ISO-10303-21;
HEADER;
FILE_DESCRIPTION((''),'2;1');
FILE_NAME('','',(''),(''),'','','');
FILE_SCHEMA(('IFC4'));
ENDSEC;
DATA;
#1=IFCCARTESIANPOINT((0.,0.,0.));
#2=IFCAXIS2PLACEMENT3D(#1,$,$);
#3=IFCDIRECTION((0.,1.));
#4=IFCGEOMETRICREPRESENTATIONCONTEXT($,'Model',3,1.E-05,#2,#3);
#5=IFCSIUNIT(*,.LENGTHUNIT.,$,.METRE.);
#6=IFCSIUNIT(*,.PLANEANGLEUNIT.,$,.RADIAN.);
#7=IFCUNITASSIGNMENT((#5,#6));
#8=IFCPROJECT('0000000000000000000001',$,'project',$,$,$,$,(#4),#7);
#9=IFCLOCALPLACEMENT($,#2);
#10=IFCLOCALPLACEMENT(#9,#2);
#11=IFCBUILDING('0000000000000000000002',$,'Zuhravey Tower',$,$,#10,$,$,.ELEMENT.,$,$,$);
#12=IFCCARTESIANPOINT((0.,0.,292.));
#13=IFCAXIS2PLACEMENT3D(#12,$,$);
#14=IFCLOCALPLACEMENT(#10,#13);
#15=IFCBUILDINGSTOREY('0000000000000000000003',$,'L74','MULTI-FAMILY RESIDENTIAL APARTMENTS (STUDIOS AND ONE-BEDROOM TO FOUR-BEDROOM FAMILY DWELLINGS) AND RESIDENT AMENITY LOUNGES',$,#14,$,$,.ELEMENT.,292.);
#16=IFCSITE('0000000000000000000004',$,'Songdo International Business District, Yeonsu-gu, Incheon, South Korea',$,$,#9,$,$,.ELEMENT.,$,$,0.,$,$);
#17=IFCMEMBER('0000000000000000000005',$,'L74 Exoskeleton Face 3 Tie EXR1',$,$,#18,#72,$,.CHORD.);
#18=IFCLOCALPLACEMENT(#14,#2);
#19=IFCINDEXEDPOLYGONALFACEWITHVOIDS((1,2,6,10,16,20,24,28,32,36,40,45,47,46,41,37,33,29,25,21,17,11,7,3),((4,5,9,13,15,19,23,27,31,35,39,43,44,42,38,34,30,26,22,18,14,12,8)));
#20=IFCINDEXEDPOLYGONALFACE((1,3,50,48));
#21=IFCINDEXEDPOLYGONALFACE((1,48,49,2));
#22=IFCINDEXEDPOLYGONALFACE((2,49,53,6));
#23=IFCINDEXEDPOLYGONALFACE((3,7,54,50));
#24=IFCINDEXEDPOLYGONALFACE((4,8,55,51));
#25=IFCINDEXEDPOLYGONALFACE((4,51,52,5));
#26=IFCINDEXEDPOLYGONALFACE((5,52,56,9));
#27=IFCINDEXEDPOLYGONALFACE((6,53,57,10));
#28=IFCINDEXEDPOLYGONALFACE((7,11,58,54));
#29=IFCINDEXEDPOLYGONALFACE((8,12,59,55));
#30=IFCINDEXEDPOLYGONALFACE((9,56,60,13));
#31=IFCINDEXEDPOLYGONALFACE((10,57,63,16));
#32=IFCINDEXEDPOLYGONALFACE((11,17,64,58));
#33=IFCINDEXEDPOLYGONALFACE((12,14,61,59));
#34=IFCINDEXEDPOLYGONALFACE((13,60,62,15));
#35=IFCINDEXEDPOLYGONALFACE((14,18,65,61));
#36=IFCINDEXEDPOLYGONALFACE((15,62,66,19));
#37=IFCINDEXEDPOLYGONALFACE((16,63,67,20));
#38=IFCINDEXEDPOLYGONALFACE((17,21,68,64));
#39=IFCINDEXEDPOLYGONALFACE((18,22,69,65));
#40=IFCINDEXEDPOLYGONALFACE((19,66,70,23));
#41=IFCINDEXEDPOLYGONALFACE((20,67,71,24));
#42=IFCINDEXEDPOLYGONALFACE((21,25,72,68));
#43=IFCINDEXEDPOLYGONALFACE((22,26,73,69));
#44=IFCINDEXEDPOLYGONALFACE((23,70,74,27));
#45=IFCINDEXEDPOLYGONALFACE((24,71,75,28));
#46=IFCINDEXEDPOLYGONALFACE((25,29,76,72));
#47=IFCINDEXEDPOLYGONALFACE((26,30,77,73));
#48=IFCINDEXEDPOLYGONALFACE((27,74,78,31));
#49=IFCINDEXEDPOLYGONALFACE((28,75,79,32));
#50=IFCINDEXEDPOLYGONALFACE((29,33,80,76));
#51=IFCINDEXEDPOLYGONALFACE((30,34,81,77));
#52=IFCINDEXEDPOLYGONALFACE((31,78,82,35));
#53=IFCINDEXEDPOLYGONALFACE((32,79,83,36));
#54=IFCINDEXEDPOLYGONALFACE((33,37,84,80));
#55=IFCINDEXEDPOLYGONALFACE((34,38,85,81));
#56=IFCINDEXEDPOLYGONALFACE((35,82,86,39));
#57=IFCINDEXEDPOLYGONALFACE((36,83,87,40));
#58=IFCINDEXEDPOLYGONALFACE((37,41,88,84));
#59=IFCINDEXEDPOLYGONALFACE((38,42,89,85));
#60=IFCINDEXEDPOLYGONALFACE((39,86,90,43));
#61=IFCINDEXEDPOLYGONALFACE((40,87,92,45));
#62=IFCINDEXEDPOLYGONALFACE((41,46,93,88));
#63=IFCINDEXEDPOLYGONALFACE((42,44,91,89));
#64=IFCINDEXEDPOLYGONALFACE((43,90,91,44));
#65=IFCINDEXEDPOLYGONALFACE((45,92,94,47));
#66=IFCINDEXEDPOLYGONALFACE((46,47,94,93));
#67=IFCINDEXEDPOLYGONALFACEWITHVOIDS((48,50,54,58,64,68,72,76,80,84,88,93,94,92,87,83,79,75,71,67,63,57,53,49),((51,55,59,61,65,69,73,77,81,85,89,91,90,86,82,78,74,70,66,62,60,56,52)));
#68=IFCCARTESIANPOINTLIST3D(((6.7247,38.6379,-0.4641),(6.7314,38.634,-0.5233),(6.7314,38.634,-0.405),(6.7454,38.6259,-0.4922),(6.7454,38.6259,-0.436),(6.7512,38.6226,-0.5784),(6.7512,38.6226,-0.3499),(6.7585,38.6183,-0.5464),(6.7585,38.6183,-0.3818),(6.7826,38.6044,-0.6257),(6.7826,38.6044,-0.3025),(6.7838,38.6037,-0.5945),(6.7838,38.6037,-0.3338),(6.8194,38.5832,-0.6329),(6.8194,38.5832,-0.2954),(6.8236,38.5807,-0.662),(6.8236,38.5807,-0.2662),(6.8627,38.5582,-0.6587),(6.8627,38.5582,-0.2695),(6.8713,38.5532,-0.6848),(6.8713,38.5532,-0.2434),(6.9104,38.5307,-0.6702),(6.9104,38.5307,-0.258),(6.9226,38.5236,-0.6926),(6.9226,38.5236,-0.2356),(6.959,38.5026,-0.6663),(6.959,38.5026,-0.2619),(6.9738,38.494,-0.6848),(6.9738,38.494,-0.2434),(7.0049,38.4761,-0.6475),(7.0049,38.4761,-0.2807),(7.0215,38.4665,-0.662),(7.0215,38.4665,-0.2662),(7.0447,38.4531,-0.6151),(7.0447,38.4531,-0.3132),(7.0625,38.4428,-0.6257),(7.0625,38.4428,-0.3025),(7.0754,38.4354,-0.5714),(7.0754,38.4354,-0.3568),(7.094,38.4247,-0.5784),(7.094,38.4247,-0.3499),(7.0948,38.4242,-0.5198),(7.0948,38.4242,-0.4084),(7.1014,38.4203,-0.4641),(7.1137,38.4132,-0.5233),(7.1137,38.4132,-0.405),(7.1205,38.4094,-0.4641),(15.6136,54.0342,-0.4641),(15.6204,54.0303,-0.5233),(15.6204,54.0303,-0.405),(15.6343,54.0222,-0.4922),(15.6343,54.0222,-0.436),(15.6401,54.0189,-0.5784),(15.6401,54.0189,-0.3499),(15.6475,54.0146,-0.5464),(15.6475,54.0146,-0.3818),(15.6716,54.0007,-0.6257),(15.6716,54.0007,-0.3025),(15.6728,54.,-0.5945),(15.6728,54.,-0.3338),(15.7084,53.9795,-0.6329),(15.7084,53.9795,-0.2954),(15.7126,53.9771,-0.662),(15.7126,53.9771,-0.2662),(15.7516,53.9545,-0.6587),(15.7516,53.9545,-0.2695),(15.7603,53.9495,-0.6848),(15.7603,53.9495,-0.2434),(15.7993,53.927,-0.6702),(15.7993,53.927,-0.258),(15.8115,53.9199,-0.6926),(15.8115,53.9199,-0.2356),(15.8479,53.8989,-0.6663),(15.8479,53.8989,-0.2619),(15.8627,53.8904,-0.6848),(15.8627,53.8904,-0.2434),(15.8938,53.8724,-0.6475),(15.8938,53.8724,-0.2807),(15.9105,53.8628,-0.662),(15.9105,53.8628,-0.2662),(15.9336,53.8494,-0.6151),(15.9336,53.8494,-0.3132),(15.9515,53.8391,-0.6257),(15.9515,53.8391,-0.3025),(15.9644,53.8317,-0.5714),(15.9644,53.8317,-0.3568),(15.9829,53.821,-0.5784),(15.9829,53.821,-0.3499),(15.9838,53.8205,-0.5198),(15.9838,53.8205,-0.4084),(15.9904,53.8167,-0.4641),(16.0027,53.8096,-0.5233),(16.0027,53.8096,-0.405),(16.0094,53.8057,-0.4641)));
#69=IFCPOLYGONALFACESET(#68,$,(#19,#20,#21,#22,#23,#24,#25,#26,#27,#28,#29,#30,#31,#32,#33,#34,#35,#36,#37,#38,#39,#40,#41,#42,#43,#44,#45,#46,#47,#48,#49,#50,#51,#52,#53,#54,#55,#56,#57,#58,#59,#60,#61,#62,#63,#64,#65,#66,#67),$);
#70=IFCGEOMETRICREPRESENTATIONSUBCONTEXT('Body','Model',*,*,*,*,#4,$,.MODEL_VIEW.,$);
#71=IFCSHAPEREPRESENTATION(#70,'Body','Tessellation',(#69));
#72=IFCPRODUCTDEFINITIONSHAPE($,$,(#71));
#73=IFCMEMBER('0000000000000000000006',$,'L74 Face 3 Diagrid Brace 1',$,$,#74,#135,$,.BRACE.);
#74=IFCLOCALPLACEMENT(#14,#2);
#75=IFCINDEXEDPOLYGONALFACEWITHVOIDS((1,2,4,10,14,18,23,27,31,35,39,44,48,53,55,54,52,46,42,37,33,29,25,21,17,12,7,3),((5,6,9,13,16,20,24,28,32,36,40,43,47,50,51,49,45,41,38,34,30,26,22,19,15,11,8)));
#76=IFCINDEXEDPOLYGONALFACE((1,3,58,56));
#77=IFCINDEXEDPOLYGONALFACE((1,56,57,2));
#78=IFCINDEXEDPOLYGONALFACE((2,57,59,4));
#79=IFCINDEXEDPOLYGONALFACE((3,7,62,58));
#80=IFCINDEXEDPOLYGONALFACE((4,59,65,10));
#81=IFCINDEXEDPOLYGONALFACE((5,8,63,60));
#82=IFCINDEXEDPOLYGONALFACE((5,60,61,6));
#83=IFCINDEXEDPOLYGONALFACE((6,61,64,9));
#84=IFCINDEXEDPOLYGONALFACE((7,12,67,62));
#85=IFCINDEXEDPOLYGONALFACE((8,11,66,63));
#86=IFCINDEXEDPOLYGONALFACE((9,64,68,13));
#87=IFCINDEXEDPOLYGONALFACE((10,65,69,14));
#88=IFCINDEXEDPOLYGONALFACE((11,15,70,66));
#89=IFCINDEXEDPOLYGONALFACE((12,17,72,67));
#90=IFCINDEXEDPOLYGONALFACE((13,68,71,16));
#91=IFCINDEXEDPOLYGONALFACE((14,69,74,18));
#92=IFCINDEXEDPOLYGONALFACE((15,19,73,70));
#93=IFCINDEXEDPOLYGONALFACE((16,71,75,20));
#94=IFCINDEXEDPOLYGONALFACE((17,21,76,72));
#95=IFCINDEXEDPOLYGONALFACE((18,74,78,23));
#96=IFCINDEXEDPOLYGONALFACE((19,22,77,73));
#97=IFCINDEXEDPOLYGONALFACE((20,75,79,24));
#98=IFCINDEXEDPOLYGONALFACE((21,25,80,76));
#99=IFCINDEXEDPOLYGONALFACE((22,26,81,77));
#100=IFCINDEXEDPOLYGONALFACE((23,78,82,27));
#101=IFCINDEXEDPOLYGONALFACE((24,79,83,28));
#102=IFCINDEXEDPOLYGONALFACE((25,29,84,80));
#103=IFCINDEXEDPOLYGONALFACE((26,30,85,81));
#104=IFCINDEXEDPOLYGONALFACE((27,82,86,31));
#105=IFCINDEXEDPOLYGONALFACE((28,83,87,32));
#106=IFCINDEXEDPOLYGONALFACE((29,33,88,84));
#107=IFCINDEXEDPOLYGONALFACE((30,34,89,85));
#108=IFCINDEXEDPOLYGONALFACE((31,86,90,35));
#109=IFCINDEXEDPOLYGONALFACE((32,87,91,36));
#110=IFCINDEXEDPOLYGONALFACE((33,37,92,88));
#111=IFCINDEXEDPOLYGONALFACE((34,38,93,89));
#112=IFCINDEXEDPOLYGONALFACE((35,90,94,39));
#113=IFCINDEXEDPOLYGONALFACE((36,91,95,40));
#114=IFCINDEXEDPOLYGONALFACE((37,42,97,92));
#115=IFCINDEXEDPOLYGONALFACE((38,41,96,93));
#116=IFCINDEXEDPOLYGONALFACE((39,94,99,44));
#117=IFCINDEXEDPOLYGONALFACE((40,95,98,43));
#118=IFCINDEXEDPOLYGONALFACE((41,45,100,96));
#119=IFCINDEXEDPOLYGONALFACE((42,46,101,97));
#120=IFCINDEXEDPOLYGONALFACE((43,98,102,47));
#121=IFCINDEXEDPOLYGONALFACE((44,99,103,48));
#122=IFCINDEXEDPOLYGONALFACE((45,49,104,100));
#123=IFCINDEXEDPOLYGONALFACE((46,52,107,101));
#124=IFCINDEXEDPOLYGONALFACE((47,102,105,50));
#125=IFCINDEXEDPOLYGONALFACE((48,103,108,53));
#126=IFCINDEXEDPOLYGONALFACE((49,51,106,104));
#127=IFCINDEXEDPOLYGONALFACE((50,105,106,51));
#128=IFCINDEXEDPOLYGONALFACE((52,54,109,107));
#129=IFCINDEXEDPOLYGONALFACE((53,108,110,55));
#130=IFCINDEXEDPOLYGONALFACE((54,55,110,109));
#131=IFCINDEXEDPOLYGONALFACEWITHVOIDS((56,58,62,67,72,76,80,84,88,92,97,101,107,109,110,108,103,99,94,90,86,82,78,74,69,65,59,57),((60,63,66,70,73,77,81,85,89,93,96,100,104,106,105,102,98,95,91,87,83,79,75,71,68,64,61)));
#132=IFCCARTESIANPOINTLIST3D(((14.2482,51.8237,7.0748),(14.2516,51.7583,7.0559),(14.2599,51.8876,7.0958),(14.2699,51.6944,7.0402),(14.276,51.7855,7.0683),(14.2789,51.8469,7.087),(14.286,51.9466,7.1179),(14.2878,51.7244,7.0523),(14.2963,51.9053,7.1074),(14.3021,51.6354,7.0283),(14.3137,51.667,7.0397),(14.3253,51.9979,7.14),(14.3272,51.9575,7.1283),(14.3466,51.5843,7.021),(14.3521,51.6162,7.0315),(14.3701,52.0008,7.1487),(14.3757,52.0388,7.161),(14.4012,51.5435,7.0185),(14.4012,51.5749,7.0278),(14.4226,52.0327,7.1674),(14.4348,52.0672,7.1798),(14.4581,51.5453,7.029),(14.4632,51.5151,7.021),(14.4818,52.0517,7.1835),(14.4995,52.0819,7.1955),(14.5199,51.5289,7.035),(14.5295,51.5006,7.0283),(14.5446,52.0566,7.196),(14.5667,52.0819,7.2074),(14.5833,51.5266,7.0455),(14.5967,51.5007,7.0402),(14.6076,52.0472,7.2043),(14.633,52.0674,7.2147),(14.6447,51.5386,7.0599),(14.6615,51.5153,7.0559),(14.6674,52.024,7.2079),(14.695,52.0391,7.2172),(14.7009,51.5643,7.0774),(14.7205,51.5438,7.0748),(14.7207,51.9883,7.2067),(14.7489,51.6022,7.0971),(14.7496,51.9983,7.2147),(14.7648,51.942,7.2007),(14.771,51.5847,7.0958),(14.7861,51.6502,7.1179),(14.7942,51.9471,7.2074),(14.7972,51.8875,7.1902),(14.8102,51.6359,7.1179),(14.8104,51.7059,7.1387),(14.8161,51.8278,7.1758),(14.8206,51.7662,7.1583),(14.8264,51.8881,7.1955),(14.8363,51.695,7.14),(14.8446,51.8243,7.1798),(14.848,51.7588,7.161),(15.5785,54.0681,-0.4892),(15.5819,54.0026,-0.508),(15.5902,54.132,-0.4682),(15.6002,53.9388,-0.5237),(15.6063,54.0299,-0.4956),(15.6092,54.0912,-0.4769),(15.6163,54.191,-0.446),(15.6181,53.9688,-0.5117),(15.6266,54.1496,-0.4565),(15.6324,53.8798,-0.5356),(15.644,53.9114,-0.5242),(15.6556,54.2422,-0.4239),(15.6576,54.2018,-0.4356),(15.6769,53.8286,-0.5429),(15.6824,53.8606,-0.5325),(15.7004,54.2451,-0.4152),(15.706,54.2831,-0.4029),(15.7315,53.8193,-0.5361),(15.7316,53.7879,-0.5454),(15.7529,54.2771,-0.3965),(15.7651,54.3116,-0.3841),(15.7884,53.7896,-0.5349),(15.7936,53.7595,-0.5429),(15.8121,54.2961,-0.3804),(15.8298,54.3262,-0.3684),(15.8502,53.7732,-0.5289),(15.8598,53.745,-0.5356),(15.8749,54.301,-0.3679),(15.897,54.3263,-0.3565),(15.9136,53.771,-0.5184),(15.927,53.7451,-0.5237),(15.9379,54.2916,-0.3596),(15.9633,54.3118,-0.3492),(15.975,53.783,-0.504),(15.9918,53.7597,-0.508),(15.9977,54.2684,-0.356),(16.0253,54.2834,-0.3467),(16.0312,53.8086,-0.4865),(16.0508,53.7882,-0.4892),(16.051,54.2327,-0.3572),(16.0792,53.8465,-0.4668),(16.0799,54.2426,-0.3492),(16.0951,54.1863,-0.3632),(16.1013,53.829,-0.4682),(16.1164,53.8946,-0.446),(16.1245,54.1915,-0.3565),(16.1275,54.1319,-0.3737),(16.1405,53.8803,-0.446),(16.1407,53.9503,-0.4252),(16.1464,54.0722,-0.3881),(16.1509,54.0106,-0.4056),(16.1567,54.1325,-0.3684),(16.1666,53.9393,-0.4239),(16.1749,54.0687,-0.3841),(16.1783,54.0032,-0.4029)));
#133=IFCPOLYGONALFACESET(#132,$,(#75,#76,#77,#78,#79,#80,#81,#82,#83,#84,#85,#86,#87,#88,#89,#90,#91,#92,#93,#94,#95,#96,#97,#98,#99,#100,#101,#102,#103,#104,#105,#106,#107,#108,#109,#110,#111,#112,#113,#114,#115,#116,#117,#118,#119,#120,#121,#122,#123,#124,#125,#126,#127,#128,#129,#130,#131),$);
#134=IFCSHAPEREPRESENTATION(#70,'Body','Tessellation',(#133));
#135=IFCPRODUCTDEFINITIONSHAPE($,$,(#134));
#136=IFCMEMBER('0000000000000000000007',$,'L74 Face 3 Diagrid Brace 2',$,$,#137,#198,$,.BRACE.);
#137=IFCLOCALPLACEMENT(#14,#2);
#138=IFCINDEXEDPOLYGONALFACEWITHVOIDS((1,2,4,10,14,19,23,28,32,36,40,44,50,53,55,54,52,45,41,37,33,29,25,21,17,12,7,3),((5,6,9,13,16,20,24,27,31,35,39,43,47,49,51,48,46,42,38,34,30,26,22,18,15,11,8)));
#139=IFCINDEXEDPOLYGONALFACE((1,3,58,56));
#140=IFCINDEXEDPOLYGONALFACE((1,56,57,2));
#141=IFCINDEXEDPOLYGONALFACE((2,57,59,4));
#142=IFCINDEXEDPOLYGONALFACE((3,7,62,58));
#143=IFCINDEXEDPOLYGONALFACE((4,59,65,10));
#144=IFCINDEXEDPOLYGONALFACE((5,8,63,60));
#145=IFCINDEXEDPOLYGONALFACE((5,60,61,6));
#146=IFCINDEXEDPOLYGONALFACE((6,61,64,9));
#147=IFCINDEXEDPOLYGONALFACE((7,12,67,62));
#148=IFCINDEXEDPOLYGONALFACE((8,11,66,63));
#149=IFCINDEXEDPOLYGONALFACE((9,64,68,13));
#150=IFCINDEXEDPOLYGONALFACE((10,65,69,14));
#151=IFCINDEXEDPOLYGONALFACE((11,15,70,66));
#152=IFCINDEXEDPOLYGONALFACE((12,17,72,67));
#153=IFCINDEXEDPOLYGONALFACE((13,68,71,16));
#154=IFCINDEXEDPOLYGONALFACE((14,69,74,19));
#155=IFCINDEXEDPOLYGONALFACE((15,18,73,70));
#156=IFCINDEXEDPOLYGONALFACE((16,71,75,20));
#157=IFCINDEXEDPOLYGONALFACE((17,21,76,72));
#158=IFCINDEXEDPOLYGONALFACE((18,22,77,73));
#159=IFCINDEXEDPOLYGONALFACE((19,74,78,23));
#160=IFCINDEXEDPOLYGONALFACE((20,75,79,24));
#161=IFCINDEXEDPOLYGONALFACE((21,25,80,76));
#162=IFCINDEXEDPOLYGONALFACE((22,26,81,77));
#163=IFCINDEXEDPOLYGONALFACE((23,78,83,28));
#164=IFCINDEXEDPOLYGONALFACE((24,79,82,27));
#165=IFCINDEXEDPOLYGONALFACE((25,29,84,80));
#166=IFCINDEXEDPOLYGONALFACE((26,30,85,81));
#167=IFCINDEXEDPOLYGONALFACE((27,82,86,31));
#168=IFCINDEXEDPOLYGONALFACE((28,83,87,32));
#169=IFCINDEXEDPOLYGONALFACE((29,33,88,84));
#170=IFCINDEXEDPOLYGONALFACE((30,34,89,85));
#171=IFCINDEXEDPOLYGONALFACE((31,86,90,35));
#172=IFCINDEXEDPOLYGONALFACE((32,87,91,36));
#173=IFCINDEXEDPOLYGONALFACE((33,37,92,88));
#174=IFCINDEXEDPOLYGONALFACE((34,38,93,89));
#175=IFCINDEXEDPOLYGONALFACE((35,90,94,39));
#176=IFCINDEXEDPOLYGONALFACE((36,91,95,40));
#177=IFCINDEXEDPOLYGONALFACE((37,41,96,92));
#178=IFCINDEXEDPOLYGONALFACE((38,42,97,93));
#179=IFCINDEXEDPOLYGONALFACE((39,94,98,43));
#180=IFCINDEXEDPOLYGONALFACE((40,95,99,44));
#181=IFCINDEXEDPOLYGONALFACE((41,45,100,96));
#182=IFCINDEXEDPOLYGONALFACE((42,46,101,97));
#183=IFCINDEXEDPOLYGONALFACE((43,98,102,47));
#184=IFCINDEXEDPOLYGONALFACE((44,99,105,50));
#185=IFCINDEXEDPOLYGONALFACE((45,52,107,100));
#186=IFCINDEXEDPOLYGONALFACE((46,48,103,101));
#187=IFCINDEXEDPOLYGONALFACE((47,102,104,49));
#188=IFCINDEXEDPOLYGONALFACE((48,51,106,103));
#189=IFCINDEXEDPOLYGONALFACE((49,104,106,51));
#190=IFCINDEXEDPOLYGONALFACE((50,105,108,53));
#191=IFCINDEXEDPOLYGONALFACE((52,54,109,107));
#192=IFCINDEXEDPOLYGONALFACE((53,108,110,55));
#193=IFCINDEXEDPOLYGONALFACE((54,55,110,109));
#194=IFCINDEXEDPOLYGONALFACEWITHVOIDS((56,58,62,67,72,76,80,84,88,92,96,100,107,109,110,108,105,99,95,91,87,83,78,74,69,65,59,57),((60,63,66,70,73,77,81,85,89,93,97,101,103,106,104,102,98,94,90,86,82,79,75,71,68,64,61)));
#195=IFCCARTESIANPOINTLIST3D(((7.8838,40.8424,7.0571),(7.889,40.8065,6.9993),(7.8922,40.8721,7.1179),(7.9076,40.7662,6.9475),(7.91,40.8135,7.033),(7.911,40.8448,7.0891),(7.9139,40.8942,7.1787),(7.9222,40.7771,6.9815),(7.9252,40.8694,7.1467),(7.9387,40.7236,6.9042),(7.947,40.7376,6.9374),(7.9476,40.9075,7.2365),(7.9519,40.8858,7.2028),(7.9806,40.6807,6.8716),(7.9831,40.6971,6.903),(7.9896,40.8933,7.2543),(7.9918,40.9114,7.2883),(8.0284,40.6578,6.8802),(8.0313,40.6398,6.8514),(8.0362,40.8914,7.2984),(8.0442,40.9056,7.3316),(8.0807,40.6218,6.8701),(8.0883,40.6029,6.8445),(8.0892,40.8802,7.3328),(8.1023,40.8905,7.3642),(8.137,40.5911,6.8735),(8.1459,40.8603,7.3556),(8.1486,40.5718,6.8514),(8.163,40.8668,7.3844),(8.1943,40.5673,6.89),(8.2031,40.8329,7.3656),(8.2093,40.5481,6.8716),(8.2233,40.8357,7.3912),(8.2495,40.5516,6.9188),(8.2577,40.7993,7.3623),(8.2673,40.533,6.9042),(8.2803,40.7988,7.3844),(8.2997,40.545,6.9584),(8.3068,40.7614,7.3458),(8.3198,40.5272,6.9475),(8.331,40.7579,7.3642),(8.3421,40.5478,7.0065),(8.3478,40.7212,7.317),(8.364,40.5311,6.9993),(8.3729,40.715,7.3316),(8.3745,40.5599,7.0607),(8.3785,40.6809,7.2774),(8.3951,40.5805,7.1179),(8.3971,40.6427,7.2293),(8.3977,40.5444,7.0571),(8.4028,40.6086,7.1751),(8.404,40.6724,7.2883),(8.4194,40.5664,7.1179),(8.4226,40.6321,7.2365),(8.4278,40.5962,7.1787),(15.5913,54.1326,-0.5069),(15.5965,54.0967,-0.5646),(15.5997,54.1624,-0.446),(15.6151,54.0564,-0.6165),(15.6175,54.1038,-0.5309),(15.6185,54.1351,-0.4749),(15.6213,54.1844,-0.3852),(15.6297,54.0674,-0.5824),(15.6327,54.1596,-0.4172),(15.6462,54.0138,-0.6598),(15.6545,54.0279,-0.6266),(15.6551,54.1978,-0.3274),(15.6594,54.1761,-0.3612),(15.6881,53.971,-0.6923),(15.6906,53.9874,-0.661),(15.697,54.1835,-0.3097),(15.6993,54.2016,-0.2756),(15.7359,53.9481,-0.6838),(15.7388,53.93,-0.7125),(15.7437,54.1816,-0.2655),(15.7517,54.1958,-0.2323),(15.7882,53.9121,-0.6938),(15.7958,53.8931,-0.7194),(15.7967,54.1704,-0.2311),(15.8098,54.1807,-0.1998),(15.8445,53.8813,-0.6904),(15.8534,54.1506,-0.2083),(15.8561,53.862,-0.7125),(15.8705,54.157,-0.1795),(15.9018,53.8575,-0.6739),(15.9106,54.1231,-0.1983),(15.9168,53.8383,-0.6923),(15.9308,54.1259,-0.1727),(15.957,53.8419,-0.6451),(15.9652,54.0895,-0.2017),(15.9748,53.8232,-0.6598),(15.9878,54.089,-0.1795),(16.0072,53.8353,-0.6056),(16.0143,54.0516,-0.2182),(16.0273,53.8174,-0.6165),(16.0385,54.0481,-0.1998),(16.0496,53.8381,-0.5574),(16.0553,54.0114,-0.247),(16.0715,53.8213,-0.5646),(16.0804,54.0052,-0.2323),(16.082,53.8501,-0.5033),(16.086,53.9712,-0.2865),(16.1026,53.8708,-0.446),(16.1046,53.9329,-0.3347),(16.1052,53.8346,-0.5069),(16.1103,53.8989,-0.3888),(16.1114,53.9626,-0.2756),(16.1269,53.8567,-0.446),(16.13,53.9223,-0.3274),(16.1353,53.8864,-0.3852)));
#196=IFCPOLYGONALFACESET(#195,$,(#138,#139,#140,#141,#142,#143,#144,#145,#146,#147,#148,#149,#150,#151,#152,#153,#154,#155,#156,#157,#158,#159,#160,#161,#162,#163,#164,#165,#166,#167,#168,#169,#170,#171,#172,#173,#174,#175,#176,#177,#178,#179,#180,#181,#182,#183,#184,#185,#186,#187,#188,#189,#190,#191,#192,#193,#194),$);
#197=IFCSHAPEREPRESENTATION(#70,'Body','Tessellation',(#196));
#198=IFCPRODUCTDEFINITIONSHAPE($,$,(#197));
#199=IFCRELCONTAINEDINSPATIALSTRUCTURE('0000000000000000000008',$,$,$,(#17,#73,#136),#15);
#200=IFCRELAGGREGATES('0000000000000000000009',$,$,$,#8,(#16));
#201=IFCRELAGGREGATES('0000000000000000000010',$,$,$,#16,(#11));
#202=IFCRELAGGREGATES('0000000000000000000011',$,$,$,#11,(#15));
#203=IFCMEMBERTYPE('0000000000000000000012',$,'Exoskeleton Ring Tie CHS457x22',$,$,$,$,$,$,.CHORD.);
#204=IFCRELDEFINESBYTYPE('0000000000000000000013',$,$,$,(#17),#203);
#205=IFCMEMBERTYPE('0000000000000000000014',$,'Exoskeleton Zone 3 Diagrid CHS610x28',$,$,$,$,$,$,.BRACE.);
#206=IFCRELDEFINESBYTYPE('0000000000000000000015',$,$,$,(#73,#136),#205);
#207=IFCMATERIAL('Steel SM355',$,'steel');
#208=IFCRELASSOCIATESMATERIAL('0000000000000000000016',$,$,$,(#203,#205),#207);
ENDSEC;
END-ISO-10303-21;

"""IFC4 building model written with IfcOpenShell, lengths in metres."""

from ifc_helpers import new_model, si_unit, direction, frame, origin, origin_2d, place, context, subcontext, project, spatial, hollow_circle, extrude, material, material_profile, profile_set, type_object, element, save


model = new_model("IFC4")

# Units and contexts
model_context = context("Model", 3, precision=1e-05, world=origin(), true_north=direction((0.0, 1.0)))
body_context = subcontext(model_context, "Body", "Model", "MODEL_VIEW")
ifc_project = project(units=[si_unit("LENGTHUNIT", "METRE"), si_unit("PLANEANGLEUNIT", "RADIAN")], contexts=[model_context])

# Site, building, storey
site_placement = place(None, origin())
site = spatial("IfcSite", under=ifc_project, at=site_placement, Name="Songdo International Business District, Yeonsu-gu, Incheon, South Korea", CompositionType="ELEMENT", RefElevation=0.0)
building_placement = place(site_placement, origin())
building = spatial("IfcBuilding", under=site, at=building_placement, Name="Zuhravey Tower", CompositionType="ELEMENT")
storey_placement = place(building_placement, frame((0.0, 0.0, 292.0)))
storey = spatial("IfcBuildingStorey", under=building, at=storey_placement, Name="L74", Description="MULTI-FAMILY RESIDENTIAL APARTMENTS (STUDIOS AND ONE-BEDROOM TO FOUR-BEDROOM FAMILY DWELLINGS) AND RESIDENT AMENITY LOUNGES", CompositionType="ELEMENT", Elevation=292.0)

# Members
ifc_material_1 = material(Name="Steel SM355", Category="steel")
ifc_material_profile_1 = material_profile(ifc_material_1, hollow_circle(Radius=0.2285, WallThickness=0.022, at=origin_2d()), Name="CHS-457.2x22")
ifc_profile_set_1 = profile_set([ifc_material_profile_1], Name="Steel SM355")
member_type_1 = type_object("IfcMemberType", Name="Exoskeleton Ring Tie CHS457x22", PredefinedType="CHORD", material=ifc_profile_set_1)
member_1_placement = place(storey_placement, frame((15.8115, 53.9199, -0.4641), z_axis=(-0.499995, -0.866028, 0.0), x_axis=(0.866028, -0.499995, 0.0)))
element("IfcMember", 1, at=member_1_placement, inside=storey, type_object=member_type_1, Name="L74 Exoskeleton Face 3 Tie EXR1", PredefinedType="CHORD", context=body_context, shape_type="SweptSolid", body=[
    extrude(hollow_circle(Radius=0.2285, WallThickness=0.022, at=origin_2d()), origin(), (0.0, 0.0, 1.0), 17.7781),
])
ifc_material_profile_2 = material_profile(ifc_material_1, hollow_circle(Radius=0.3047, WallThickness=0.0281, at=origin_2d()), Name="CHS-609.6x28")
ifc_profile_set_2 = profile_set([ifc_material_profile_2], Name="Steel SM355")
member_type_2 = type_object("IfcMemberType", Name="Exoskeleton Zone 3 Diagrid CHS610x28", PredefinedType="BRACE", material=ifc_profile_set_2)
member_2_placement = place(storey_placement, frame((15.8784, 54.0356, -0.446), z_axis=(-0.166264, -0.280503, 0.945344), x_axis=(0.860238, -0.509892, 0.0)))
element("IfcMember", 2, at=member_2_placement, inside=storey, type_object=member_type_2, Name="L74 Face 3 Diagrid Brace 1", PredefinedType="BRACE", context=body_context, shape_type="SweptSolid", body=[
    extrude(hollow_circle(Radius=0.3047, WallThickness=0.0281, at=origin_2d()), origin(), (0.0, 0.0, 1.0), 8.0012),
])
member_3_placement = place(storey_placement, frame((15.8633, 54.0095, -0.446), z_axis=(-0.450085, -0.776094, 0.441702), x_axis=(0.865055, -0.501677, 0.0)))
element("IfcMember", 3, at=member_3_placement, inside=storey, type_object=member_type_2, Name="L74 Face 3 Diagrid Brace 2", PredefinedType="BRACE", context=body_context, shape_type="SweptSolid", body=[
    extrude(hollow_circle(Radius=0.3047, WallThickness=0.0281, at=origin_2d()), origin(), (0.0, 0.0, 1.0), 17.1245),
])

save(model, "model.ifc")
